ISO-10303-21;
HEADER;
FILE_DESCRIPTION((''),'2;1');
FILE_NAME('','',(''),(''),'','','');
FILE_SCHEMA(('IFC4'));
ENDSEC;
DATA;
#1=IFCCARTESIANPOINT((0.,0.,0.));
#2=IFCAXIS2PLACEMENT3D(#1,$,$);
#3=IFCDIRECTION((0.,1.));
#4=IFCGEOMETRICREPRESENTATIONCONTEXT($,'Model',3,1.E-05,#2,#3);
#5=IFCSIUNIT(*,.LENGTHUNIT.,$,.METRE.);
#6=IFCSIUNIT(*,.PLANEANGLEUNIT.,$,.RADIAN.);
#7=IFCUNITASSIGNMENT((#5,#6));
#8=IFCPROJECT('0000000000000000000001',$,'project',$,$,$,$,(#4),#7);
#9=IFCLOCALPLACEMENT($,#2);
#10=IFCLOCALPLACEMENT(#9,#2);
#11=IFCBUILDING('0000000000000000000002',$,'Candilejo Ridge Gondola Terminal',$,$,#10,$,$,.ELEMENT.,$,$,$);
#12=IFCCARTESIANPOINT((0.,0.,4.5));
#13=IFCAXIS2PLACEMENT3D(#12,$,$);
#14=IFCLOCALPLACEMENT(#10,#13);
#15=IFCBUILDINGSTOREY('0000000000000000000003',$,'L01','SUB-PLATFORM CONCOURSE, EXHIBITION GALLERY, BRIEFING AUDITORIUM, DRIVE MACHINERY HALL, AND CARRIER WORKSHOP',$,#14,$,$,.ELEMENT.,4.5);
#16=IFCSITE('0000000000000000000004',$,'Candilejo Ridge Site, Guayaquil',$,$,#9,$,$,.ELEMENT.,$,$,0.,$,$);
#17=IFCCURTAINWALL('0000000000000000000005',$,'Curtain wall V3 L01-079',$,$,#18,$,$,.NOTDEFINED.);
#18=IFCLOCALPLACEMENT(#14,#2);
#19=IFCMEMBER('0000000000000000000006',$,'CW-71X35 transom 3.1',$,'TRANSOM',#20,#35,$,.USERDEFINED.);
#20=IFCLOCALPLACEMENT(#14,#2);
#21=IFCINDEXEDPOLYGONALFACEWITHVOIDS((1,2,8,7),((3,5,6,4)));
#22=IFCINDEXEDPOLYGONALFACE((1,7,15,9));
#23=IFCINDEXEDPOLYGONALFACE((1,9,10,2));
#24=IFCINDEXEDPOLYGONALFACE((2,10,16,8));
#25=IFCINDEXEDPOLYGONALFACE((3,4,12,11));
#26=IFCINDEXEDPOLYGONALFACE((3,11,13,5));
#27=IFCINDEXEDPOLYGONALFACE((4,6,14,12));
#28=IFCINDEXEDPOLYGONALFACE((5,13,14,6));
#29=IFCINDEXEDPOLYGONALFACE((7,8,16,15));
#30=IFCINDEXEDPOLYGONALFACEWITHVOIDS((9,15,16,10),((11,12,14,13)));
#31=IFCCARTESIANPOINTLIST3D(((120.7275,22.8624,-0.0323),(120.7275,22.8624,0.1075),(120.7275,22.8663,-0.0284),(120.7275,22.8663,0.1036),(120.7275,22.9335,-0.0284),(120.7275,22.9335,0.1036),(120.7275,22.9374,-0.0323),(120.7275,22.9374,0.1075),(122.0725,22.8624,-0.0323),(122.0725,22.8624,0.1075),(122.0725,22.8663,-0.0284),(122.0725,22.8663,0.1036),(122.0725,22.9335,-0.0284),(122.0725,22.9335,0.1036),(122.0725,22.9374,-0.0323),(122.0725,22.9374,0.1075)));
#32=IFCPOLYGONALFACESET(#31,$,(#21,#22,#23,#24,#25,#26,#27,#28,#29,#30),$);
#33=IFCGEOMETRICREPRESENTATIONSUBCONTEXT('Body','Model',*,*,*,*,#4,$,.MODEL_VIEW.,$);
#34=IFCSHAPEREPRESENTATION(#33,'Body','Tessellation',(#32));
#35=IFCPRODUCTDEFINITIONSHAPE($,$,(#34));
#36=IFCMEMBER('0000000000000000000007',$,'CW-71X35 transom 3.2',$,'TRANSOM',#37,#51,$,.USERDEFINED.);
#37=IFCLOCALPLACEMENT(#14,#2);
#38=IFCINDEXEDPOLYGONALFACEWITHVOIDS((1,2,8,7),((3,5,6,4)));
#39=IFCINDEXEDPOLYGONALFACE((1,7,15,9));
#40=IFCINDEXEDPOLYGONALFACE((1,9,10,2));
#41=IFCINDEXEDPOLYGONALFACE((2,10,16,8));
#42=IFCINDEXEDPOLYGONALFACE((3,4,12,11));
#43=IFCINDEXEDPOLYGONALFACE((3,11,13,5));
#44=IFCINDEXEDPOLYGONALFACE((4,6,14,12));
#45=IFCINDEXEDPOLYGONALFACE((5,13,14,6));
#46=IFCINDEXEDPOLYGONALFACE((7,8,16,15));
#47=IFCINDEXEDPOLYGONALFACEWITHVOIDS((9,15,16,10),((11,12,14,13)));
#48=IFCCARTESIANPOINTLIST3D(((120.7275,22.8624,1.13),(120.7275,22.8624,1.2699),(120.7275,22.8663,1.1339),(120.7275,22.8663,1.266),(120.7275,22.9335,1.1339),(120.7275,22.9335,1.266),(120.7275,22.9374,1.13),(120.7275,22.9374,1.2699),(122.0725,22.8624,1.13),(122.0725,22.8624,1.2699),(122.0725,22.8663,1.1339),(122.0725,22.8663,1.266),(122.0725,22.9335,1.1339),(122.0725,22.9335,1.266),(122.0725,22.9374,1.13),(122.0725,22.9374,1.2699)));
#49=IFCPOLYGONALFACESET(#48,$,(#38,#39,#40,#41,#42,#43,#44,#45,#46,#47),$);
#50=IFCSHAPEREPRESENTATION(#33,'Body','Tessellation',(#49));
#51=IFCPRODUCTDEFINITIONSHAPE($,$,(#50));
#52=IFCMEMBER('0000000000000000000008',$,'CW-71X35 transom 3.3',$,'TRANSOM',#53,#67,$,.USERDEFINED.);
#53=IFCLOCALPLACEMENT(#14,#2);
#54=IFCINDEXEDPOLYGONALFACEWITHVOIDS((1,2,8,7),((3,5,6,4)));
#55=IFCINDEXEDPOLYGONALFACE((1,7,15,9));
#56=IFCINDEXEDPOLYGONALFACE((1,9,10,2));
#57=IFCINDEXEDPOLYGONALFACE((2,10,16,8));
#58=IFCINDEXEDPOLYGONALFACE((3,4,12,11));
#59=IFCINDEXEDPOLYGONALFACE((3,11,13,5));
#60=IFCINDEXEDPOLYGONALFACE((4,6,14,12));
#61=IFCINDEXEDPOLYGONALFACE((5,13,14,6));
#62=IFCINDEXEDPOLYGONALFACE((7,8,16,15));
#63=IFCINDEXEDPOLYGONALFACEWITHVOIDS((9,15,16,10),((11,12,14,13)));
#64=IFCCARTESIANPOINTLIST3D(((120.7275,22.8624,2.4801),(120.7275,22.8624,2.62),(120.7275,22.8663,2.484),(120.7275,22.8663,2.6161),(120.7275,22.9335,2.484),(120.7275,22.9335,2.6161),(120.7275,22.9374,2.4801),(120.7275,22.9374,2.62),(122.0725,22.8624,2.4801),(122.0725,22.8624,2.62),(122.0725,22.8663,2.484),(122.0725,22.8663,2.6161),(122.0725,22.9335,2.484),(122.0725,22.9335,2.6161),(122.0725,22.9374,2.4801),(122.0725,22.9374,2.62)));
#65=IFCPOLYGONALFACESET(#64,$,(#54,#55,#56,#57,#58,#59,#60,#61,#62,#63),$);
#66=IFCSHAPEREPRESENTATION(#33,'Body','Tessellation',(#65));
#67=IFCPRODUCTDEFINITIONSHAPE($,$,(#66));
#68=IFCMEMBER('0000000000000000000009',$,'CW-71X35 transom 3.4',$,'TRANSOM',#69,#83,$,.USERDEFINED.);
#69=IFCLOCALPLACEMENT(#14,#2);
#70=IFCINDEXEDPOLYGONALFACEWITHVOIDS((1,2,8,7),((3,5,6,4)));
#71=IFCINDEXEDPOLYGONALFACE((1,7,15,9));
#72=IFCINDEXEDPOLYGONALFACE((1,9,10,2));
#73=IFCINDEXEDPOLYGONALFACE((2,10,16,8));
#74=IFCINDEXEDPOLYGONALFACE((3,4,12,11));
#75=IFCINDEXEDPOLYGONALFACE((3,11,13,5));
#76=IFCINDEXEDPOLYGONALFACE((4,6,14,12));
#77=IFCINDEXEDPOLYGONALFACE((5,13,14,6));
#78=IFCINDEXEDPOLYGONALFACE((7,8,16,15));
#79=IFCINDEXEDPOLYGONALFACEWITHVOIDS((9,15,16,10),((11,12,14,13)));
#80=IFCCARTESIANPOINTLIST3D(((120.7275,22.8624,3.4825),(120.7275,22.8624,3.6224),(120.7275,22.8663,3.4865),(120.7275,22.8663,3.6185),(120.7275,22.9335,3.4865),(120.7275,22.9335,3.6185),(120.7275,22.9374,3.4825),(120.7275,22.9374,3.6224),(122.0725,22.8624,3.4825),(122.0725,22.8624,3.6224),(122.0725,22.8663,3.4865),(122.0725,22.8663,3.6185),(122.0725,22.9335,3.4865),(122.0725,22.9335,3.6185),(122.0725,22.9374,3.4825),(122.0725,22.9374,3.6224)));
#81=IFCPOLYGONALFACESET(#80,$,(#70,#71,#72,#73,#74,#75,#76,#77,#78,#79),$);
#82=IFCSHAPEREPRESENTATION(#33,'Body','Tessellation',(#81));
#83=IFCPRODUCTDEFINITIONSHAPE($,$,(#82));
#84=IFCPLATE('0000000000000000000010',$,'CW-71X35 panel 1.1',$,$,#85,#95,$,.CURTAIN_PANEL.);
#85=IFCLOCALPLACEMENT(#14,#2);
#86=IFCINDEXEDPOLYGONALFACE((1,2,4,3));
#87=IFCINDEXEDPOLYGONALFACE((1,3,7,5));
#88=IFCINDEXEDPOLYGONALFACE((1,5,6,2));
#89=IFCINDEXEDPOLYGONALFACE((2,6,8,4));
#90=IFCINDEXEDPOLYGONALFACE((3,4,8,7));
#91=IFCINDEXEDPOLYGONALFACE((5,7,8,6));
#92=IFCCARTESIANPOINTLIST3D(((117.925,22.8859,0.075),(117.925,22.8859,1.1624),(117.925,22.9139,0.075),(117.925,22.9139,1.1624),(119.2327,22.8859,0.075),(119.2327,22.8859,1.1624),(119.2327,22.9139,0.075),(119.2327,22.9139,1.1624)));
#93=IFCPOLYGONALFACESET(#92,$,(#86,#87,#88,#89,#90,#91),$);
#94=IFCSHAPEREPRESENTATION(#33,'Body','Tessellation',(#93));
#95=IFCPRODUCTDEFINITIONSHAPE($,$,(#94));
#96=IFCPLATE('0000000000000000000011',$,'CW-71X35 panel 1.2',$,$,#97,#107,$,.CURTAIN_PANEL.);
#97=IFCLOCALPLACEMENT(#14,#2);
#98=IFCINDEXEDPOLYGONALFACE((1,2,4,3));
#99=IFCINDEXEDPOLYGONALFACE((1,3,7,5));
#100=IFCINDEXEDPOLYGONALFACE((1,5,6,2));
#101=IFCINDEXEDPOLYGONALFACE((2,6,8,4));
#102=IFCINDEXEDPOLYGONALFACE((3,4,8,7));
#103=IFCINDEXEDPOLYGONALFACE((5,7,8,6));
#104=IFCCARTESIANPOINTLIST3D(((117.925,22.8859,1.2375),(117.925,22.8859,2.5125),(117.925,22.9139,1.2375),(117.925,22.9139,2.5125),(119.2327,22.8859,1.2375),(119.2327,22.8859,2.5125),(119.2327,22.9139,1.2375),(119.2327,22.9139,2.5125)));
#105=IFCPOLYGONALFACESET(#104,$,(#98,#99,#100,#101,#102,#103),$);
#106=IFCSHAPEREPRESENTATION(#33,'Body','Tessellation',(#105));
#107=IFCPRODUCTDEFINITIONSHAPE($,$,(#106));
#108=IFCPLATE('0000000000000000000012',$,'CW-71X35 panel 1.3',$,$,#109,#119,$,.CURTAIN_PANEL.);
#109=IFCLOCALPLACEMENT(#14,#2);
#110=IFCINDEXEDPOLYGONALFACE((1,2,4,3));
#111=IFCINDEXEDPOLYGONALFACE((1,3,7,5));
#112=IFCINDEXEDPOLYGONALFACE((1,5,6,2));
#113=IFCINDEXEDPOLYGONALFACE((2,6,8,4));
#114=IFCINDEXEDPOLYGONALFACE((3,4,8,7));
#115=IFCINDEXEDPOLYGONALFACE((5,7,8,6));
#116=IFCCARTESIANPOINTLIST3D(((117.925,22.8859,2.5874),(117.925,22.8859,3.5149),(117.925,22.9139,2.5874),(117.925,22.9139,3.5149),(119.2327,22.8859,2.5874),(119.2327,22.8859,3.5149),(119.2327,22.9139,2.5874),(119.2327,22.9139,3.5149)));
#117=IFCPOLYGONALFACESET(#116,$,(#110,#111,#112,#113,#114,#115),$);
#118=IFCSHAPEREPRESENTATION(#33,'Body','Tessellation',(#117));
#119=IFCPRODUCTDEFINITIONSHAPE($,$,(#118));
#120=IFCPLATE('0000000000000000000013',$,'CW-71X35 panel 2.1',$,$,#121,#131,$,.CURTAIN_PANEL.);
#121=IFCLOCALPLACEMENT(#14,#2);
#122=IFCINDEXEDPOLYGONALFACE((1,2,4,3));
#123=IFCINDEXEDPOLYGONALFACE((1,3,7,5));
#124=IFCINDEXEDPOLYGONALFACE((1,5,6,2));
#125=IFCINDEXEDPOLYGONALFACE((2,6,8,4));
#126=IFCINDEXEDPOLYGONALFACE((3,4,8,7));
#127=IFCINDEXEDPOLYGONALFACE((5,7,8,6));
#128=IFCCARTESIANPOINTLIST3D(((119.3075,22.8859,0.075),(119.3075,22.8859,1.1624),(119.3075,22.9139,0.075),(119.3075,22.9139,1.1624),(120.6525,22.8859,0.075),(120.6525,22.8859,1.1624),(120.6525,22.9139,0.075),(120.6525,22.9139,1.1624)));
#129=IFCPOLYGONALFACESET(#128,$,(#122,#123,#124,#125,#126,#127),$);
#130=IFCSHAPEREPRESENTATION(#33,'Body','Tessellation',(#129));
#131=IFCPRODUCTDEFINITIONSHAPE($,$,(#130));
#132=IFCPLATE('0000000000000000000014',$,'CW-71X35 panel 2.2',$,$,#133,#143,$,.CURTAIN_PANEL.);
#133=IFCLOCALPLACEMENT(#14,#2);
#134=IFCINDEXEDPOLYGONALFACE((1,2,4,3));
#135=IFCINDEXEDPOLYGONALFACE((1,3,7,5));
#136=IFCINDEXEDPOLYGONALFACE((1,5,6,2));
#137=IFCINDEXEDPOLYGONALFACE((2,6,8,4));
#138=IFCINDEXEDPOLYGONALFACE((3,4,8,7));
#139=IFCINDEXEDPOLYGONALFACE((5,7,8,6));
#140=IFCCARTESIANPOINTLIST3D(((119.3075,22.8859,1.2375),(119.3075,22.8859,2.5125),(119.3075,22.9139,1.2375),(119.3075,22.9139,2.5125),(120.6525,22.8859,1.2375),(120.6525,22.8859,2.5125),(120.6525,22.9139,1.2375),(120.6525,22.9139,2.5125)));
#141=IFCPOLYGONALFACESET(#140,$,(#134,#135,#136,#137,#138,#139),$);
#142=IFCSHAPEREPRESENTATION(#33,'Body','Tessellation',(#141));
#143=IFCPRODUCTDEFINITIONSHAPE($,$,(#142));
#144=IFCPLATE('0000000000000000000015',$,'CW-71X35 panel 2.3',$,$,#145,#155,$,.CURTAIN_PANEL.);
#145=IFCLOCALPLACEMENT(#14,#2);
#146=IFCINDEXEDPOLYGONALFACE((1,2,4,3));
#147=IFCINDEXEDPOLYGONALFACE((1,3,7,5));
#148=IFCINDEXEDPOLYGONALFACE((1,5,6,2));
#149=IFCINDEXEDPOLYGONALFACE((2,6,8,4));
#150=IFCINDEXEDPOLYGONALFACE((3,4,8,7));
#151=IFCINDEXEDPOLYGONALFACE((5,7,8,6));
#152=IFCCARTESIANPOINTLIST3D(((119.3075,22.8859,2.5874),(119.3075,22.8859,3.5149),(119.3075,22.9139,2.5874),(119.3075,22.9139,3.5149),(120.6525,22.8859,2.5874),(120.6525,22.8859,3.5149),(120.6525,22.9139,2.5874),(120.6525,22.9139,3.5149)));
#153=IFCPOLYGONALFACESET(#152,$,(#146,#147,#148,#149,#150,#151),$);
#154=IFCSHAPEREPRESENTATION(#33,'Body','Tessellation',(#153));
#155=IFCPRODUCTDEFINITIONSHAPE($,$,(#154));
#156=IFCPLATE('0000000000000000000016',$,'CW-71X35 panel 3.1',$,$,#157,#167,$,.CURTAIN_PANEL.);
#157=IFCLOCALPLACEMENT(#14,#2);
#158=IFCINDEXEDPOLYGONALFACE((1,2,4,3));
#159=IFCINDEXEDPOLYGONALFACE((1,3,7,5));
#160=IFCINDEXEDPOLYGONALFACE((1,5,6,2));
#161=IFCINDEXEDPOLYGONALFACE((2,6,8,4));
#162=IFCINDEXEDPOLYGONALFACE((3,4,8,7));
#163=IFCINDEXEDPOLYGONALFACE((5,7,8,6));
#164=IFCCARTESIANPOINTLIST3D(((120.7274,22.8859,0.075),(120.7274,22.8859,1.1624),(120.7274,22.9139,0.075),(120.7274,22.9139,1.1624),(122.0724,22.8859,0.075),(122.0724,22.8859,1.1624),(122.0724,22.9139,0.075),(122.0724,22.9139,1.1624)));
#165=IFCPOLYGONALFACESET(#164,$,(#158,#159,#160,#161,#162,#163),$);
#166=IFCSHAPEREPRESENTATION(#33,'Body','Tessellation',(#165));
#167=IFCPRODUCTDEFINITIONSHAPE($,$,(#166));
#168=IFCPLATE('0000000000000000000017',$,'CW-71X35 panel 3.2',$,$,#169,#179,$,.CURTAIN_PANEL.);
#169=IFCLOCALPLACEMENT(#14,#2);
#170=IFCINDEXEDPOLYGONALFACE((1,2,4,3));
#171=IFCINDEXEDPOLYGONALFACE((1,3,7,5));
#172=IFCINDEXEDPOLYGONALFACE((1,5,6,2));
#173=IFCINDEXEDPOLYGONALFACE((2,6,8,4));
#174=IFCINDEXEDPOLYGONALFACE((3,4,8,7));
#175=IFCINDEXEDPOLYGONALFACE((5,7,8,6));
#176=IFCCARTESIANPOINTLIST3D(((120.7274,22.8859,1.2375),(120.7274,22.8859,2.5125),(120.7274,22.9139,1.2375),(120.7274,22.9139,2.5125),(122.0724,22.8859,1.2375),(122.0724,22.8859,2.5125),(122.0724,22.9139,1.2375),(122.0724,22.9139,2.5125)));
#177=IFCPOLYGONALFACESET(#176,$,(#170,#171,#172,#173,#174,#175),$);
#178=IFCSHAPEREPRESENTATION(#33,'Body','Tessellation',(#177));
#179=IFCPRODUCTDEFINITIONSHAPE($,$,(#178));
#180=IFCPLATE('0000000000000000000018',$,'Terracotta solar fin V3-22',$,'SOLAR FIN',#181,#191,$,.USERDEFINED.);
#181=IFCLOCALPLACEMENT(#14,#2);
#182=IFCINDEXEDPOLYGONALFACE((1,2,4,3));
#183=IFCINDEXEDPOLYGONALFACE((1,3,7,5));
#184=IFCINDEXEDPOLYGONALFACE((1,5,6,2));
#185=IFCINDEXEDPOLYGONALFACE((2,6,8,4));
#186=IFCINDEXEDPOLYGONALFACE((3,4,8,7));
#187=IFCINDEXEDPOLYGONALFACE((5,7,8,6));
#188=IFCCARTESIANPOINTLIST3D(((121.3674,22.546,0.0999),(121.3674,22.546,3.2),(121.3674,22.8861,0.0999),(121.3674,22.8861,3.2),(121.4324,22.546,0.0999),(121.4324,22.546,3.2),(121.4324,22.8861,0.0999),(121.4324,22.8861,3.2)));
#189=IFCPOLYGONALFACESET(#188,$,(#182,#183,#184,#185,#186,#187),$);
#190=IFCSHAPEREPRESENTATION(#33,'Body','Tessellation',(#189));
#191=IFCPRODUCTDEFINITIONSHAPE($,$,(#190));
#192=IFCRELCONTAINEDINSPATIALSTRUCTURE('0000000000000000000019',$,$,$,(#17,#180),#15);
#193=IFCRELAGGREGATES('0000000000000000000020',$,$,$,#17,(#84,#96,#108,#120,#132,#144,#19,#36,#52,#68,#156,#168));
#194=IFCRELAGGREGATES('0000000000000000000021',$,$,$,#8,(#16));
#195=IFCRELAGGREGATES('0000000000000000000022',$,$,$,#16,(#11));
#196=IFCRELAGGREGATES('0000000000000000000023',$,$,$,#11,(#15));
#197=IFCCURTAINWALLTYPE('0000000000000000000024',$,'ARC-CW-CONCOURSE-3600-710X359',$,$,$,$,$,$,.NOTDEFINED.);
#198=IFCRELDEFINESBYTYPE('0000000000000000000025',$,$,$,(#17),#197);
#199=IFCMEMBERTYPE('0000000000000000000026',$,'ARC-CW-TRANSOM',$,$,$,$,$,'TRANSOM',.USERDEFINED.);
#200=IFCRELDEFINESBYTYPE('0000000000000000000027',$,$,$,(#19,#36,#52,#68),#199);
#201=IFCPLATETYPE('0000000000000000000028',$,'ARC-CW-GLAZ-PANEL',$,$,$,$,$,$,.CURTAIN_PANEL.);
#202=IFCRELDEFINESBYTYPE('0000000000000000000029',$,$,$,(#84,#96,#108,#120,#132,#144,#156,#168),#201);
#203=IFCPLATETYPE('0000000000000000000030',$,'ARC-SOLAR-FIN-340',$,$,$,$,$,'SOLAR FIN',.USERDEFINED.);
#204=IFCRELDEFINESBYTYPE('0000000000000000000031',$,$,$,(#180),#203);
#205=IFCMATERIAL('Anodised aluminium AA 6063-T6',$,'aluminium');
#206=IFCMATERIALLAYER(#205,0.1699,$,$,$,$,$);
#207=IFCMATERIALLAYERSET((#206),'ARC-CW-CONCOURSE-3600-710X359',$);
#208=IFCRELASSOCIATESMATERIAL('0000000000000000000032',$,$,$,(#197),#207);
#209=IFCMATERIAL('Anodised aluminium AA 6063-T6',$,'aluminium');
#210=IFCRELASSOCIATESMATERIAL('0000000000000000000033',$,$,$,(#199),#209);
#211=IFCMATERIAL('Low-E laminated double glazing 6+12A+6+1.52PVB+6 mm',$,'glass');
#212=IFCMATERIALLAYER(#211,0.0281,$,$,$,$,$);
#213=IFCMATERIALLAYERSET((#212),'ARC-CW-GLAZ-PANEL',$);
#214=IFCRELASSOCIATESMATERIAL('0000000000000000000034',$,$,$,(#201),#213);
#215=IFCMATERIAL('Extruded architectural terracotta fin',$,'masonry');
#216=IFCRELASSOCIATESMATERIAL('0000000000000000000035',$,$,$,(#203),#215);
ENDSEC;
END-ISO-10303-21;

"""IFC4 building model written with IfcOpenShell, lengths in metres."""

from ifc_helpers import new_model, si_unit, direction, frame, origin, origin_2d, place, context, subcontext, project, spatial, rectangle, hollow_rectangle, extrude, material, layer, layer_set, material_profile, profile_set, type_object, element, aggregate, save


model = new_model("IFC4")

# Units and contexts
model_context = context("Model", 3, precision=1e-05, world=origin(), true_north=direction((0.0, 1.0)))
body_context = subcontext(model_context, "Body", "Model", "MODEL_VIEW")
ifc_project = project(units=[si_unit("LENGTHUNIT", "METRE"), si_unit("PLANEANGLEUNIT", "RADIAN")], contexts=[model_context])

# Site, building, storey
site_placement = place(None, origin())
site = spatial("IfcSite", under=ifc_project, at=site_placement, Name="Candilejo Ridge Site, Guayaquil", CompositionType="ELEMENT", RefElevation=0.0)
building_placement = place(site_placement, origin())
building = spatial("IfcBuilding", under=site, at=building_placement, Name="Candilejo Ridge Gondola Terminal", CompositionType="ELEMENT")
storey_placement = place(building_placement, frame((0.0, 0.0, 4.5)))
storey = spatial("IfcBuildingStorey", under=building, at=storey_placement, Name="L01", Description="SUB-PLATFORM CONCOURSE, EXHIBITION GALLERY, BRIEFING AUDITORIUM, DRIVE MACHINERY HALL, AND CARRIER WORKSHOP", CompositionType="ELEMENT", Elevation=4.5)

# Curtain wall, members, plates
ifc_material_1 = material(Name="Anodised aluminium AA 6063-T6", Category="aluminium")
ifc_layer_1 = layer(ifc_material_1, 0.1699)
ifc_layer_set_1 = layer_set([ifc_layer_1], Name="ARC-CW-CONCOURSE-3600-710X359")
curtain_wall_type = type_object("IfcCurtainWallType", Name="ARC-CW-CONCOURSE-3600-710X359", PredefinedType="NOTDEFINED", material=ifc_layer_set_1)
curtain_wall_placement = place(storey_placement, origin())
curtain_wall = element("IfcCurtainWall", 1, at=curtain_wall_placement, inside=storey, type_object=curtain_wall_type, Name="Curtain wall V3 L01-079", PredefinedType="NOTDEFINED")
ifc_material_2 = material(Name="Anodised aluminium AA 6063-T6", Category="aluminium")
ifc_material_profile_1 = material_profile(ifc_material_2, hollow_rectangle(XDim=0.075, YDim=0.1399, WallThickness=0.0039, at=origin_2d()))
ifc_profile_set_1 = profile_set([ifc_material_profile_1], Name="Anodised aluminium AA 6063-T6")
member_type_1 = type_object("IfcMemberType", Name="ARC-CW-TRANSOM", ElementType="TRANSOM", PredefinedType="USERDEFINED", material=ifc_profile_set_1)
member_1_placement = place(storey_placement, frame((120.7275, 22.8999, 0.0376), z_axis=(1.0, 0.0, 0.0), x_axis=(0.0, 1.0, 0.0)))
member_1 = element("IfcMember", 2, at=member_1_placement, type_object=member_type_1, Name="CW-71X35 transom 3.1", ObjectType="TRANSOM", PredefinedType="USERDEFINED", context=body_context, shape_type="SweptSolid", body=[
    extrude(hollow_rectangle(XDim=0.075, YDim=0.1399, WallThickness=0.0039, at=origin_2d()), origin(), (0.0, 0.0, 1.0), 1.345),
])
member_2_placement = place(storey_placement, frame((120.7275, 22.8999, 1.2), z_axis=(1.0, 0.0, 0.0), x_axis=(0.0, 1.0, 0.0)))
member_2 = element("IfcMember", 3, at=member_2_placement, type_object=member_type_1, Name="CW-71X35 transom 3.2", ObjectType="TRANSOM", PredefinedType="USERDEFINED", context=body_context, shape_type="SweptSolid", body=[
    extrude(hollow_rectangle(XDim=0.075, YDim=0.1399, WallThickness=0.0039, at=origin_2d()), origin(), (0.0, 0.0, 1.0), 1.345),
])
member_3_placement = place(storey_placement, frame((120.7275, 22.8999, 2.55), z_axis=(1.0, 0.0, 0.0), x_axis=(0.0, 1.0, 0.0)))
member_3 = element("IfcMember", 4, at=member_3_placement, type_object=member_type_1, Name="CW-71X35 transom 3.3", ObjectType="TRANSOM", PredefinedType="USERDEFINED", context=body_context, shape_type="SweptSolid", body=[
    extrude(hollow_rectangle(XDim=0.075, YDim=0.1399, WallThickness=0.0039, at=origin_2d()), origin(), (0.0, 0.0, 1.0), 1.345),
])
member_4_placement = place(storey_placement, frame((120.7275, 22.8999, 3.5525), z_axis=(1.0, 0.0, 0.0), x_axis=(0.0, 1.0, 0.0)))
member_4 = element("IfcMember", 5, at=member_4_placement, type_object=member_type_1, Name="CW-71X35 transom 3.4", ObjectType="TRANSOM", PredefinedType="USERDEFINED", context=body_context, shape_type="SweptSolid", body=[
    extrude(hollow_rectangle(XDim=0.075, YDim=0.1399, WallThickness=0.0039, at=origin_2d()), origin(), (0.0, 0.0, 1.0), 1.345),
])
ifc_material_3 = material(Name="Low-E laminated double glazing 6+12A+6+1.52PVB+6 mm", Category="glass")
ifc_layer_2 = layer(ifc_material_3, 0.0281)
ifc_layer_set_2 = layer_set([ifc_layer_2], Name="ARC-CW-GLAZ-PANEL")
plate_type_1 = type_object("IfcPlateType", Name="ARC-CW-GLAZ-PANEL", PredefinedType="CURTAIN_PANEL", material=ifc_layer_set_2)
plate_1_placement = place(storey_placement, frame((118.5789, 22.8999, 0.075), z_axis=(0.0, 0.0, 1.0), x_axis=(1.0, 0.0, 0.0)))
plate_1 = element("IfcPlate", 6, at=plate_1_placement, type_object=plate_type_1, Name="CW-71X35 panel 1.1", PredefinedType="CURTAIN_PANEL", context=body_context, shape_type="SweptSolid", body=[
    extrude(rectangle(XDim=1.3076, YDim=0.0281, at=origin_2d()), origin(), (0.0, 0.0, 1.0), 1.0874),
])
plate_2_placement = place(storey_placement, frame((118.5789, 22.8999, 1.2375), z_axis=(0.0, 0.0, 1.0), x_axis=(1.0, 0.0, 0.0)))
plate_2 = element("IfcPlate", 7, at=plate_2_placement, type_object=plate_type_1, Name="CW-71X35 panel 1.2", PredefinedType="CURTAIN_PANEL", context=body_context, shape_type="SweptSolid", body=[
    extrude(rectangle(XDim=1.3076, YDim=0.0281, at=origin_2d()), origin(), (0.0, 0.0, 1.0), 1.2749),
])
plate_3_placement = place(storey_placement, frame((118.5789, 22.8999, 2.5874), z_axis=(0.0, 0.0, 1.0), x_axis=(1.0, 0.0, 0.0)))
plate_3 = element("IfcPlate", 8, at=plate_3_placement, type_object=plate_type_1, Name="CW-71X35 panel 1.3", PredefinedType="CURTAIN_PANEL", context=body_context, shape_type="SweptSolid", body=[
    extrude(rectangle(XDim=1.3076, YDim=0.0281, at=origin_2d()), origin(), (0.0, 0.0, 1.0), 0.9275),
])
plate_4_placement = place(storey_placement, frame((119.98, 22.8999, 0.075), z_axis=(0.0, 0.0, 1.0), x_axis=(1.0, 0.0, 0.0)))
plate_4 = element("IfcPlate", 9, at=plate_4_placement, type_object=plate_type_1, Name="CW-71X35 panel 2.1", PredefinedType="CURTAIN_PANEL", context=body_context, shape_type="SweptSolid", body=[
    extrude(rectangle(XDim=1.345, YDim=0.0281, at=origin_2d()), origin(), (0.0, 0.0, 1.0), 1.0874),
])
plate_5_placement = place(storey_placement, frame((119.98, 22.8999, 1.2375), z_axis=(0.0, 0.0, 1.0), x_axis=(1.0, 0.0, 0.0)))
plate_5 = element("IfcPlate", 10, at=plate_5_placement, type_object=plate_type_1, Name="CW-71X35 panel 2.2", PredefinedType="CURTAIN_PANEL", context=body_context, shape_type="SweptSolid", body=[
    extrude(rectangle(XDim=1.345, YDim=0.0281, at=origin_2d()), origin(), (0.0, 0.0, 1.0), 1.2749),
])
plate_6_placement = place(storey_placement, frame((119.98, 22.8999, 2.5874), z_axis=(0.0, 0.0, 1.0), x_axis=(1.0, 0.0, 0.0)))
plate_6 = element("IfcPlate", 11, at=plate_6_placement, type_object=plate_type_1, Name="CW-71X35 panel 2.3", PredefinedType="CURTAIN_PANEL", context=body_context, shape_type="SweptSolid", body=[
    extrude(rectangle(XDim=1.345, YDim=0.0281, at=origin_2d()), origin(), (0.0, 0.0, 1.0), 0.9275),
])
plate_7_placement = place(storey_placement, frame((121.3999, 22.8999, 0.075), z_axis=(0.0, 0.0, 1.0), x_axis=(1.0, 0.0, 0.0)))
plate_7 = element("IfcPlate", 12, at=plate_7_placement, type_object=plate_type_1, Name="CW-71X35 panel 3.1", PredefinedType="CURTAIN_PANEL", context=body_context, shape_type="SweptSolid", body=[
    extrude(rectangle(XDim=1.345, YDim=0.0281, at=origin_2d()), origin(), (0.0, 0.0, 1.0), 1.0874),
])
plate_8_placement = place(storey_placement, frame((121.3999, 22.8999, 1.2375), z_axis=(0.0, 0.0, 1.0), x_axis=(1.0, 0.0, 0.0)))
plate_8 = element("IfcPlate", 13, at=plate_8_placement, type_object=plate_type_1, Name="CW-71X35 panel 3.2", PredefinedType="CURTAIN_PANEL", context=body_context, shape_type="SweptSolid", body=[
    extrude(rectangle(XDim=1.345, YDim=0.0281, at=origin_2d()), origin(), (0.0, 0.0, 1.0), 1.2749),
])
aggregate(curtain_wall, [plate_1, plate_2, plate_3, plate_4, plate_5, plate_6, member_1, member_2, member_3, member_4, plate_7, plate_8])

# Plate
ifc_material_4 = material(Name="Extruded architectural terracotta fin", Category="masonry")
plate_type_2 = type_object("IfcPlateType", Name="ARC-SOLAR-FIN-340", ElementType="SOLAR FIN", PredefinedType="USERDEFINED", material=ifc_material_4)
plate_9_placement = place(storey_placement, frame((121.3999, 22.7161, 0.0999), z_axis=(0.0, 0.0, 1.0), x_axis=(1.0, 0.0, 0.0)))
element("IfcPlate", 14, at=plate_9_placement, inside=storey, type_object=plate_type_2, Name="Terracotta solar fin V3-22", ObjectType="SOLAR FIN", PredefinedType="USERDEFINED", context=body_context, shape_type="SweptSolid", body=[
    extrude(rectangle(XDim=0.0649, YDim=0.3401, at=origin_2d()), origin(), (0.0, 0.0, 1.0), 3.1001),
])

save(model, "model.ifc")
